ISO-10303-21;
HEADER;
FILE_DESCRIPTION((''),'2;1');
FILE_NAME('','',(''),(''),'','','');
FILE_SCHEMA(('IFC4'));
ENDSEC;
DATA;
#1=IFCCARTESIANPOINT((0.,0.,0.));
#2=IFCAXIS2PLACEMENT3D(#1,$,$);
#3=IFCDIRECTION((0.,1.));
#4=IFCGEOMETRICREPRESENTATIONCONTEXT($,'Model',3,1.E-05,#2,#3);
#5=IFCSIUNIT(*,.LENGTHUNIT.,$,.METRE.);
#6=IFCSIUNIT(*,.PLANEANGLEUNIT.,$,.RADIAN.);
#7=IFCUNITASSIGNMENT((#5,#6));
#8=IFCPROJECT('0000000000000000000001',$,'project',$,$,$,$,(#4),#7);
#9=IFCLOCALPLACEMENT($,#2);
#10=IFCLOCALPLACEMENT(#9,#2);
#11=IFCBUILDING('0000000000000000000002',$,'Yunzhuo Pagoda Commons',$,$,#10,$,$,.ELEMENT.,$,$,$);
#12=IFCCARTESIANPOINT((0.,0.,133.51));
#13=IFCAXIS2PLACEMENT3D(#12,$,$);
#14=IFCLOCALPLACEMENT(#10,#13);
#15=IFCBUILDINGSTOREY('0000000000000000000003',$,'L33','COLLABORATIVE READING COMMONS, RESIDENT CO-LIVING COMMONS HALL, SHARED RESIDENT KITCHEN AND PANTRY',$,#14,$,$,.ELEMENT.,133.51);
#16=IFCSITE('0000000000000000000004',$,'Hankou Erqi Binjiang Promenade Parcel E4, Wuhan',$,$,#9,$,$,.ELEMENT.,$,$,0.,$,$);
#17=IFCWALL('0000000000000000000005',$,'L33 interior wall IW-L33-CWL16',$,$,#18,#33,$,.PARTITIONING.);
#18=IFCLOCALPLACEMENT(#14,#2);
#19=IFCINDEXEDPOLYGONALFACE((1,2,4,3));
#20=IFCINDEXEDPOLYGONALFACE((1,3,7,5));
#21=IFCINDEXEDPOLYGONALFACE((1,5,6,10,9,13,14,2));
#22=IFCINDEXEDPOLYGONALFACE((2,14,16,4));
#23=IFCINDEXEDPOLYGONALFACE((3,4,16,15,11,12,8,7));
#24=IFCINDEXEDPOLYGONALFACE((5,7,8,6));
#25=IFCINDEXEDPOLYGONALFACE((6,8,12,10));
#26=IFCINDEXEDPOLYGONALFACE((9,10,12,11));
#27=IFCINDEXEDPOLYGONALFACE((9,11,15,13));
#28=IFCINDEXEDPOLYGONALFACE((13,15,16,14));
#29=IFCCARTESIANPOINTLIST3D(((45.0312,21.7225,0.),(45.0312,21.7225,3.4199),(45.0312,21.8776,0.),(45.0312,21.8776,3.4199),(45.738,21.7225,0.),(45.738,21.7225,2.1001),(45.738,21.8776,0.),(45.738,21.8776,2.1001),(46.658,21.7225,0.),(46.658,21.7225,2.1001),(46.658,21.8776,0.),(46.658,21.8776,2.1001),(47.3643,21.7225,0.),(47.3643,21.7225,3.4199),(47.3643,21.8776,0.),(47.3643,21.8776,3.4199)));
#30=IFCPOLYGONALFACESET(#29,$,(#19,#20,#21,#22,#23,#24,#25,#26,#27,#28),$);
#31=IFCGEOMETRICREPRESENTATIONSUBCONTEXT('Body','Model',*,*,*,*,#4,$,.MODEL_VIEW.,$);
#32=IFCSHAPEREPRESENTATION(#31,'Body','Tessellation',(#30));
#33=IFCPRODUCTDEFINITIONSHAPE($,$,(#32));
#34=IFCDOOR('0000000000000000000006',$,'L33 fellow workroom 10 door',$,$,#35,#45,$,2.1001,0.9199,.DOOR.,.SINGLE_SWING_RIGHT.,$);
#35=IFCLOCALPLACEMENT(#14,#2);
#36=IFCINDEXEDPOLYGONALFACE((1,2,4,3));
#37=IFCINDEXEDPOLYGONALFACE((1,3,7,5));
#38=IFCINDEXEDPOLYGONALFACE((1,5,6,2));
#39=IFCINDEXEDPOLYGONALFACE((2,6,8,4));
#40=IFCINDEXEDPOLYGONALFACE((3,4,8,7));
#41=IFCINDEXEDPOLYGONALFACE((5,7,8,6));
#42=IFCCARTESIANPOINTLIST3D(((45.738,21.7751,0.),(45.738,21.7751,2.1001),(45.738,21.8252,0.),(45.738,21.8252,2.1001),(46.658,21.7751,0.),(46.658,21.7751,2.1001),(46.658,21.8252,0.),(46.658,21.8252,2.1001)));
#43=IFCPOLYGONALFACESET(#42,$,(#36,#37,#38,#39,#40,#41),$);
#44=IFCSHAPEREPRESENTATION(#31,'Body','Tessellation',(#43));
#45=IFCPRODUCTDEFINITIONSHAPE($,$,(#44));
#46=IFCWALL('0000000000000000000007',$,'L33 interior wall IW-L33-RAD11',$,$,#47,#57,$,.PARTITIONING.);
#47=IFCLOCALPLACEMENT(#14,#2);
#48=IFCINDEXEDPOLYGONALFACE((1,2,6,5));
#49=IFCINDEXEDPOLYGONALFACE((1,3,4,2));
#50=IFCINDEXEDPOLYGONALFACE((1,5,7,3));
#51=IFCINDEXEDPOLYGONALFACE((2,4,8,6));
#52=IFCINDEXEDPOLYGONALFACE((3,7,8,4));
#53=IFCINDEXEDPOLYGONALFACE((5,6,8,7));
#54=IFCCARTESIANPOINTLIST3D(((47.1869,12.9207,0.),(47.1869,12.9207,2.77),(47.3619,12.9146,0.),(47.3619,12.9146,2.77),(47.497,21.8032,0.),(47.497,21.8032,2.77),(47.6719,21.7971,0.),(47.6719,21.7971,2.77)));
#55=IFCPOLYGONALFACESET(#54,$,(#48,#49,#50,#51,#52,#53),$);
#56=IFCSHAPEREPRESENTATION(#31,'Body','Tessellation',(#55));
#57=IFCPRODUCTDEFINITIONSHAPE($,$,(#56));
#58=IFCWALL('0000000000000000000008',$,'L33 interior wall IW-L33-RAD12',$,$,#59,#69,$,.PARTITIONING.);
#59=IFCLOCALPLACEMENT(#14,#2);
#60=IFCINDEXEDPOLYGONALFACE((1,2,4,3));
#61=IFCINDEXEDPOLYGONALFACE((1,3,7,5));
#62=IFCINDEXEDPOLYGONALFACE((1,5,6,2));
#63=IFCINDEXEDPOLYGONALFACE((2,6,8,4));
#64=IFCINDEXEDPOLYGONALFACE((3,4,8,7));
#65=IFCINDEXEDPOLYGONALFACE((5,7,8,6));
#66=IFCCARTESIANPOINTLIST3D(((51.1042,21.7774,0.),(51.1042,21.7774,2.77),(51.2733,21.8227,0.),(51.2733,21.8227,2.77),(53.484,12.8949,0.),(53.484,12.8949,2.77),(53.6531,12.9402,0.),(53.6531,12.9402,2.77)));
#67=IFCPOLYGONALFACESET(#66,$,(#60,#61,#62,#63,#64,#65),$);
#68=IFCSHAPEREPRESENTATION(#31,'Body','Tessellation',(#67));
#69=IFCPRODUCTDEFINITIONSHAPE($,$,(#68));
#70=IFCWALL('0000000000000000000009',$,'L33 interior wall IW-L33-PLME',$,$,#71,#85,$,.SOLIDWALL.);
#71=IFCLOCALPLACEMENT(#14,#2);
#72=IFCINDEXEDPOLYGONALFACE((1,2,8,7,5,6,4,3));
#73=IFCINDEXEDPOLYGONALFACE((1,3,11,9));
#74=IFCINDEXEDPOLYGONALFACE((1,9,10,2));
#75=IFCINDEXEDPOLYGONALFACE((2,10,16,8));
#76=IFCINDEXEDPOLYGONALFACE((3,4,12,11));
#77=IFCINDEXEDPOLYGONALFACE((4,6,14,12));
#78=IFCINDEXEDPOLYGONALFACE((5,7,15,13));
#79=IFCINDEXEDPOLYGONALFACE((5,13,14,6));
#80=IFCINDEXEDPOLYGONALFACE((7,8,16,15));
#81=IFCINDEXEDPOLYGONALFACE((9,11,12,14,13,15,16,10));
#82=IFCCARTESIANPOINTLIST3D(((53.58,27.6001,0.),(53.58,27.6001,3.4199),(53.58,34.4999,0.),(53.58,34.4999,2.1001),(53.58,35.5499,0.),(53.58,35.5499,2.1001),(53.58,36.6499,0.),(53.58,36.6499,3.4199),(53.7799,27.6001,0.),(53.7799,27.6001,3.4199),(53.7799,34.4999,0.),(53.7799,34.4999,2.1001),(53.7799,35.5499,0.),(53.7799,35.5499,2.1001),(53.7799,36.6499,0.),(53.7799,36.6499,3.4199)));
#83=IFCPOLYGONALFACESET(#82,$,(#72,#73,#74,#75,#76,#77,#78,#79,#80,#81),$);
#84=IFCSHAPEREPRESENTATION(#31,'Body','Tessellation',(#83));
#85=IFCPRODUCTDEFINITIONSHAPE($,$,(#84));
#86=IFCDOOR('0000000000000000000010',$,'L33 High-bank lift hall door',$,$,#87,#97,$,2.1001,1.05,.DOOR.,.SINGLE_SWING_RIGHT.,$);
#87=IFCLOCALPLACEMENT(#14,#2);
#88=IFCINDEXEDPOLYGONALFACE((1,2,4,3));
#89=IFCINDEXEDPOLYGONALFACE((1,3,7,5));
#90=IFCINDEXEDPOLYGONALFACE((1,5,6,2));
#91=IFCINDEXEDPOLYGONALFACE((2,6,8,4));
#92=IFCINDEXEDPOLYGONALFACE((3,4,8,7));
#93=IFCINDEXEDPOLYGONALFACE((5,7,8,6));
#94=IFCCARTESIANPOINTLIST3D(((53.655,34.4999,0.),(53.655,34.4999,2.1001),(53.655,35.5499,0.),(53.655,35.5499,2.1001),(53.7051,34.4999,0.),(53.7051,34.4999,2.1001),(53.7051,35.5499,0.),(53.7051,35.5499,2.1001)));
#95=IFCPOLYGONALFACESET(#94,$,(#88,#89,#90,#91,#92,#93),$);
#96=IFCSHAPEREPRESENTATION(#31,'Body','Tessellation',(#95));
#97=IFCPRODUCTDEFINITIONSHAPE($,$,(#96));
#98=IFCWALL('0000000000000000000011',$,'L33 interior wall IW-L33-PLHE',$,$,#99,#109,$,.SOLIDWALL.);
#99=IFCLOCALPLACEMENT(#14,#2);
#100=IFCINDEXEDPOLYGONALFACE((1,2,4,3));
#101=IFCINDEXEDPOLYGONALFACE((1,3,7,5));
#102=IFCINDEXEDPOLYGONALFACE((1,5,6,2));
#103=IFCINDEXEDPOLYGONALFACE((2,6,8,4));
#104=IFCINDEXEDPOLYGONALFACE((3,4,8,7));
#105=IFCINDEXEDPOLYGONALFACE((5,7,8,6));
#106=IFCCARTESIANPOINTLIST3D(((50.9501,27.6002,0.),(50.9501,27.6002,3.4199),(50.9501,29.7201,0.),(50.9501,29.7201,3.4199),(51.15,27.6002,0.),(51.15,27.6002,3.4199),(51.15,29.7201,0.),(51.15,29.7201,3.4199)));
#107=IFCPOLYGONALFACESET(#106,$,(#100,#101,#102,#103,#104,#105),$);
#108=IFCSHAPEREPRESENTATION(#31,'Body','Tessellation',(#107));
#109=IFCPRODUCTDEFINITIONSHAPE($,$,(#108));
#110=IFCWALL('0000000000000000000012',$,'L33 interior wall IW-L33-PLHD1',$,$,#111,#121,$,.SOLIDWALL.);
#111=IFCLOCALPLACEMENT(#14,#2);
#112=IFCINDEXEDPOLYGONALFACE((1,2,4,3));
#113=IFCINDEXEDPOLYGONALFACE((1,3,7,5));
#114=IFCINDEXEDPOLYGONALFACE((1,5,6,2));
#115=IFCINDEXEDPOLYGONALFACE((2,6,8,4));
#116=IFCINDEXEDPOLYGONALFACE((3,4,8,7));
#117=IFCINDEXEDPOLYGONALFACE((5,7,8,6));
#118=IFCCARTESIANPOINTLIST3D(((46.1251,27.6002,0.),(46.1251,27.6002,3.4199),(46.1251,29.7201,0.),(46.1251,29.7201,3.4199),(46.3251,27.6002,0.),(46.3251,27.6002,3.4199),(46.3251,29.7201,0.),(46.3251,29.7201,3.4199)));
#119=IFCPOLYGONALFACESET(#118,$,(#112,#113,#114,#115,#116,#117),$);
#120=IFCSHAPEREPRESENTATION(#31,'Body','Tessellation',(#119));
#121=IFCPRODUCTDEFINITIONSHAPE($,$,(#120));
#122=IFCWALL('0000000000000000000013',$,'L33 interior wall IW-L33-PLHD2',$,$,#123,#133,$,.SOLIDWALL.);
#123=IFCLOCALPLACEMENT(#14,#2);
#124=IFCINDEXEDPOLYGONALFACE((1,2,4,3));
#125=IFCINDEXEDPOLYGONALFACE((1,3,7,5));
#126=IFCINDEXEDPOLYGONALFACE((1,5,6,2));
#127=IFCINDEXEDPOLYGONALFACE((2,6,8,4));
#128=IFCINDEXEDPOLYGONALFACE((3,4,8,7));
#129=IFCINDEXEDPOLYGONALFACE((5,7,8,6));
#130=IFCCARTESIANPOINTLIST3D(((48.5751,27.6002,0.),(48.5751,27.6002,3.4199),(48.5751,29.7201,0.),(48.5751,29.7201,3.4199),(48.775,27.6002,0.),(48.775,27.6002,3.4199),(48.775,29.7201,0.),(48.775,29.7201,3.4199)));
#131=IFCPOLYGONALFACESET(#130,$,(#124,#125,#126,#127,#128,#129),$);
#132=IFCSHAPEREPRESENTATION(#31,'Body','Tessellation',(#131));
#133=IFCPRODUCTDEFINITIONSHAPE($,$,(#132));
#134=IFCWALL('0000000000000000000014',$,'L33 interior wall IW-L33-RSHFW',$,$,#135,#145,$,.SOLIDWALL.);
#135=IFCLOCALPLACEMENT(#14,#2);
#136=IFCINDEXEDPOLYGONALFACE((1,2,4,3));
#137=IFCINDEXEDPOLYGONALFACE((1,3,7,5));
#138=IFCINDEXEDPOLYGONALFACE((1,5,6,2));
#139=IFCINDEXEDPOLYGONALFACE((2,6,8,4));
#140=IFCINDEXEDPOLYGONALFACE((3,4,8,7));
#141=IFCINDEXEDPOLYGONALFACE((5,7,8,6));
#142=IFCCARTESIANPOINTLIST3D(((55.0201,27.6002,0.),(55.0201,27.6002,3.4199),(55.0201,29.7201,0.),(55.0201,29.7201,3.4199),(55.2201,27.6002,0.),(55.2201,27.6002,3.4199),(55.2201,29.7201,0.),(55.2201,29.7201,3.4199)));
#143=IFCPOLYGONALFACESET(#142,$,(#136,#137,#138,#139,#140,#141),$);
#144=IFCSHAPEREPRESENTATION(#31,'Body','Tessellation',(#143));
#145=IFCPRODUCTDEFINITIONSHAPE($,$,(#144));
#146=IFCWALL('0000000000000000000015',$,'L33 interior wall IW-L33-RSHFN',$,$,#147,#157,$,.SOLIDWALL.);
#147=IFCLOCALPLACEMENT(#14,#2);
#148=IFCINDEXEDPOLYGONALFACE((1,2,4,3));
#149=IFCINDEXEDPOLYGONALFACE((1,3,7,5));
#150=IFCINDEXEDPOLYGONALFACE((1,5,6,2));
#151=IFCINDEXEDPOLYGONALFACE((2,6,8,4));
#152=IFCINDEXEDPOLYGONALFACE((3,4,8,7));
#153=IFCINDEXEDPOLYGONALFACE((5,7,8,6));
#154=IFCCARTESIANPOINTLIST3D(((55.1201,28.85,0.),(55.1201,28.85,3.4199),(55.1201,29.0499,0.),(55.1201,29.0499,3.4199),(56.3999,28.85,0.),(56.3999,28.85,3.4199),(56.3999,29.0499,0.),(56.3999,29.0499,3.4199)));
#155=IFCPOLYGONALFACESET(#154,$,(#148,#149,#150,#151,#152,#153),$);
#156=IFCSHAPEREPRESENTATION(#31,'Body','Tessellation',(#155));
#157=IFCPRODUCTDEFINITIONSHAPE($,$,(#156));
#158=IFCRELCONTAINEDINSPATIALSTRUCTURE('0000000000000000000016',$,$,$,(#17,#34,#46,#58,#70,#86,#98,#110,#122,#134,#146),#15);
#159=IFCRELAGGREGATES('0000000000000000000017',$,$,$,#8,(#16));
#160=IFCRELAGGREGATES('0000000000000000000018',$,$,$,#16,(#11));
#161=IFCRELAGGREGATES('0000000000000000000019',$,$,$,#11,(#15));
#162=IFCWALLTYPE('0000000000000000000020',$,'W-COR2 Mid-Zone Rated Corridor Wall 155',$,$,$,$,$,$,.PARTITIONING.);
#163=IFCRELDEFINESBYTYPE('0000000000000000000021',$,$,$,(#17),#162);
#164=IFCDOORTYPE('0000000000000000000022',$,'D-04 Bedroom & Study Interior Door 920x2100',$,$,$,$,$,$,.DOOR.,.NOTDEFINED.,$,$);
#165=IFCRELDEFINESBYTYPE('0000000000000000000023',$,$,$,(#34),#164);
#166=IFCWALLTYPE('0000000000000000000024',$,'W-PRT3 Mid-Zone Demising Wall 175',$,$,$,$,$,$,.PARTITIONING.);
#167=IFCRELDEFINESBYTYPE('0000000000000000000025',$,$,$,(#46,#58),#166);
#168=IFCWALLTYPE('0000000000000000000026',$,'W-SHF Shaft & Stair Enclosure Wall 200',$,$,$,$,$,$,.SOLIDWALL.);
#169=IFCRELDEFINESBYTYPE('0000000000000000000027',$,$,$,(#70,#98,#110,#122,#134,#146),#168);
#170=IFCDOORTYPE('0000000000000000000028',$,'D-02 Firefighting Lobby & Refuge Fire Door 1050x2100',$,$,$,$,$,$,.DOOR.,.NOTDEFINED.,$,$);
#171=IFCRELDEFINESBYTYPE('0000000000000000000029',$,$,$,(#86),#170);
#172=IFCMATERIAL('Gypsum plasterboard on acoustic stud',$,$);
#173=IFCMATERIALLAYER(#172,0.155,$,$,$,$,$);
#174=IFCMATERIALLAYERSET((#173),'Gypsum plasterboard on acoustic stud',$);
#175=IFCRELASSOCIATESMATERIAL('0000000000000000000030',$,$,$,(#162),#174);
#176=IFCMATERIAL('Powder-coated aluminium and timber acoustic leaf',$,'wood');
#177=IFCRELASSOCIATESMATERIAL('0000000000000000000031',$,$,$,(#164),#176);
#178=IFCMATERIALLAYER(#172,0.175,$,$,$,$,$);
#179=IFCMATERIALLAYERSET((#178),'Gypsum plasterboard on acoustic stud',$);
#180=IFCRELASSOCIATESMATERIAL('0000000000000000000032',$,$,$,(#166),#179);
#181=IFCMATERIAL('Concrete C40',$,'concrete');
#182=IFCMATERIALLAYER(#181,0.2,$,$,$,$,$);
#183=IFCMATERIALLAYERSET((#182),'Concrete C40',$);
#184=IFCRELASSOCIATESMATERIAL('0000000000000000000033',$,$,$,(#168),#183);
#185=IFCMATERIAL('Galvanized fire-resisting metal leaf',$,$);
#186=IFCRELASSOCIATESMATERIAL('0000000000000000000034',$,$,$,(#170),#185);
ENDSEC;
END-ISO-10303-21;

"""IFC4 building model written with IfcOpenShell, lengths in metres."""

from ifc_helpers import new_model, si_unit, direction, frame, frame_2d, origin, origin_with_axes, place, context, subcontext, project, spatial, rectangle, extrude, source, transform, mapped, material, layer, layer_set, type_object, element, fill, save


model = new_model("IFC4")

# Units and contexts
model_context = context("Model", 3, precision=1e-05, world=origin(), true_north=direction((0.0, 1.0)))
body_context = subcontext(model_context, "Body", "Model", "MODEL_VIEW")
ifc_project = project(units=[si_unit("LENGTHUNIT", "METRE"), si_unit("PLANEANGLEUNIT", "RADIAN")], contexts=[model_context])

# Site, building, storey
site_placement = place(None, origin())
site = spatial("IfcSite", under=ifc_project, at=site_placement, Name="Hankou Erqi Binjiang Promenade Parcel E4, Wuhan", CompositionType="ELEMENT", RefElevation=0.0)
building_placement = place(site_placement, origin())
building = spatial("IfcBuilding", under=site, at=building_placement, Name="Yunzhuo Pagoda Commons", CompositionType="ELEMENT")
storey_placement = place(building_placement, frame((0.0, 0.0, 133.51)))
storey = spatial("IfcBuildingStorey", under=building, at=storey_placement, Name="L33", Description="COLLABORATIVE READING COMMONS, RESIDENT CO-LIVING COMMONS HALL, SHARED RESIDENT KITCHEN AND PANTRY", CompositionType="ELEMENT", Elevation=133.51)

# Wall, opening, door
ifc_material_1 = material(Name="Gypsum plasterboard on acoustic stud")
ifc_layer_1 = layer(ifc_material_1, 0.155)
ifc_layer_set_1 = layer_set([ifc_layer_1], Name="Gypsum plasterboard on acoustic stud")
wall_type_1 = type_object("IfcWallType", Name="W-COR2 Mid-Zone Rated Corridor Wall 155", PredefinedType="PARTITIONING", material=ifc_layer_set_1)
ifc_material_2 = material(Name="Galvanized fire-resisting metal leaf")
ifc_material_3 = material(Name="Powder-coated aluminium and timber acoustic leaf", Category="wood")
door_type_1 = type_object("IfcDoorType", Name="D-04 Bedroom & Study Interior Door 920x2100", OperationType="NOTDEFINED", PredefinedType="DOOR", material=ifc_material_3)
shared_shape_1 = source(origin(), body_context, "Body", "SweptSolid", [
    extrude(rectangle(XDim=0.9199, YDim=2.1001, at=frame_2d((0.46, 1.05))), frame((0.0, 0.0249, 0.0), z_axis=(0.0, -1.0, 0.0), x_axis=(1.0, 0.0, 0.0)), (0.0, 0.0, 1.0), 0.05),
])
wall_1_placement = place(storey_placement, frame((47.3643, 21.8, 0.0), z_axis=(0.0, 0.0, 1.0), x_axis=(-1.0, 0.0, 0.0)))
wall_1 = element("IfcWall", 1, at=wall_1_placement, inside=storey, type_object=wall_type_1, Name="L33 interior wall IW-L33-CWL16", PredefinedType="PARTITIONING", context=body_context, shape_type="SweptSolid", body=[
    extrude(rectangle(XDim=2.333, YDim=0.155, at=frame_2d((1.1665, 0.0))), origin(), (0.0, 0.0, 1.0), 3.4199),
])
opening_1_placement = place(wall_1_placement, frame((0.7063, 0.0, 0.0)))
opening_1 = element("IfcOpeningElement", 2, at=opening_1_placement, cuts=wall_1, PredefinedType="OPENING", context=body_context, shape_type="SweptSolid", body=[
    extrude(rectangle(XDim=0.9199, YDim=2.1001, at=frame_2d((0.46, 1.05))), frame((0.0, 0.0874, 0.0), z_axis=(0.0, -1.0, 0.0), x_axis=(1.0, 0.0, 0.0)), (0.0, 0.0, 1.0), 0.175),
])
door_1_placement = place(opening_1_placement, origin_with_axes())
door_1 = element("IfcDoor", 3, at=door_1_placement, inside=storey, type_object=door_type_1, Name="L33 fellow workroom 10 door", OperationType="SINGLE_SWING_RIGHT", OverallHeight=2.1001, OverallWidth=0.9199, PredefinedType="DOOR", context=body_context, shape_type="MappedRepresentation", body=[
    mapped(shared_shape_1, transform((0.0, 0.0, 0.0), scale=1.0)),
])
fill(opening_1, door_1)

# Walls
ifc_layer_2 = layer(ifc_material_1, 0.175)
ifc_layer_set_2 = layer_set([ifc_layer_2], Name="Gypsum plasterboard on acoustic stud")
wall_type_2 = type_object("IfcWallType", Name="W-PRT3 Mid-Zone Demising Wall 175", PredefinedType="PARTITIONING", material=ifc_layer_set_2)
wall_2_placement = place(storey_placement, frame((47.5845, 21.8, 0.0), z_axis=(0.0, 0.0, 1.0), x_axis=(-0.034885, -0.999391, 0.0)))
element("IfcWall", 4, at=wall_2_placement, inside=storey, type_object=wall_type_2, Name="L33 interior wall IW-L33-RAD11", PredefinedType="PARTITIONING", context=body_context, shape_type="SweptSolid", body=[
    extrude(rectangle(XDim=8.8879, YDim=0.175, at=frame_2d((4.4438, 0.0))), origin(), (0.0, 0.0, 1.0), 2.77),
])
wall_3_placement = place(storey_placement, frame((51.1887, 21.8, 0.0), z_axis=(0.0, 0.0, 1.0), x_axis=(0.258799, -0.965931, 0.0)))
element("IfcWall", 5, at=wall_3_placement, inside=storey, type_object=wall_type_2, Name="L33 interior wall IW-L33-RAD12", PredefinedType="PARTITIONING", context=body_context, shape_type="SweptSolid", body=[
    extrude(rectangle(XDim=9.1958, YDim=0.175, at=frame_2d((4.5979, 0.0))), origin(), (0.0, 0.0, 1.0), 2.77),
])

# Wall, opening, door
ifc_material_4 = material(Name="Concrete C40", Category="concrete")
ifc_layer_3 = layer(ifc_material_4, 0.2)
ifc_layer_set_3 = layer_set([ifc_layer_3], Name="Concrete C40")
wall_type_3 = type_object("IfcWallType", Name="W-SHF Shaft & Stair Enclosure Wall 200", PredefinedType="SOLIDWALL", material=ifc_layer_set_3)
wall_4_placement = place(storey_placement, frame((53.6799, 27.6001, 0.0), z_axis=(0.0, 0.0, 1.0), x_axis=(0.0, 1.0, 0.0)))
wall_4 = element("IfcWall", 6, at=wall_4_placement, inside=storey, type_object=wall_type_3, Name="L33 interior wall IW-L33-PLME", PredefinedType="SOLIDWALL", context=body_context, shape_type="SweptSolid", body=[
    extrude(rectangle(XDim=9.0498, YDim=0.2, at=frame_2d((4.5249, 0.0))), origin(), (0.0, 0.0, 1.0), 3.4199),
])
opening_2_placement = place(wall_4_placement, frame((6.8999, 0.0, 0.0)))
opening_2 = element("IfcOpeningElement", 7, at=opening_2_placement, cuts=wall_4, PredefinedType="OPENING", context=body_context, shape_type="SweptSolid", body=[
    extrude(rectangle(XDim=1.05, YDim=2.1001, at=frame_2d((0.5249, 1.05))), frame((0.0, 0.1099, 0.0), z_axis=(0.0, -1.0, 0.0), x_axis=(1.0, 0.0, 0.0)), (0.0, 0.0, 1.0), 0.22),
])
door_type_2 = type_object("IfcDoorType", Name="D-02 Firefighting Lobby & Refuge Fire Door 1050x2100", OperationType="NOTDEFINED", PredefinedType="DOOR", material=ifc_material_2)
shared_shape_2 = source(origin(), body_context, "Body", "SweptSolid", [
    extrude(rectangle(XDim=1.05, YDim=2.1001, at=frame_2d((0.5249, 1.05))), frame((0.0, 0.0249, 0.0), z_axis=(0.0, -1.0, 0.0), x_axis=(1.0, 0.0, 0.0)), (0.0, 0.0, 1.0), 0.05),
])
door_2_placement = place(opening_2_placement, origin_with_axes())
door_2 = element("IfcDoor", 8, at=door_2_placement, inside=storey, type_object=door_type_2, Name="L33 High-bank lift hall door", OperationType="SINGLE_SWING_RIGHT", OverallHeight=2.1001, OverallWidth=1.05, PredefinedType="DOOR", context=body_context, shape_type="MappedRepresentation", body=[
    mapped(shared_shape_2, transform((0.0, 0.0, 0.0), scale=1.0)),
])
fill(opening_2, door_2)

# Walls
for number, where, z_axis, x_axis, name in (
    (9, (51.05, 27.6001, 0.0), (0.0, 0.0, 1.0), (0.0, 1.0, 0.0), "L33 interior wall IW-L33-PLHE"),
    (10, (46.2251, 27.6001, 0.0), (0.0, 0.0, 1.0), (0.0, 1.0, 0.0), "L33 interior wall IW-L33-PLHD1"),
    (11, (48.675, 27.6001, 0.0), (0.0, 0.0, 1.0), (0.0, 1.0, 0.0), "L33 interior wall IW-L33-PLHD2"),
    (12, (55.1201, 27.6001, 0.0), (0.0, 0.0, 1.0), (0.0, 1.0, 0.0), "L33 interior wall IW-L33-RSHFW"),
):
    element("IfcWall", number, at=place(storey_placement, frame(where, z_axis=z_axis, x_axis=x_axis)), inside=storey, type_object=wall_type_3, Name=name, PredefinedType="SOLIDWALL", context=body_context, shape_type="SweptSolid", body=[
        extrude(rectangle(XDim=2.1199, YDim=0.2, at=frame_2d((1.0601, 0.0))), origin(), (0.0, 0.0, 1.0), 3.4199),
    ])
wall_5_placement = place(storey_placement, frame((55.1201, 28.95, 0.0), z_axis=(0.0, 0.0, 1.0), x_axis=(1.0, 0.0, 0.0)))
element("IfcWall", 13, at=wall_5_placement, inside=storey, type_object=wall_type_3, Name="L33 interior wall IW-L33-RSHFN", PredefinedType="SOLIDWALL", context=body_context, shape_type="SweptSolid", body=[
    extrude(rectangle(XDim=1.2798, YDim=0.2, at=frame_2d((0.6399, 0.0))), origin(), (0.0, 0.0, 1.0), 3.4199),
])

save(model, "model.ifc")
